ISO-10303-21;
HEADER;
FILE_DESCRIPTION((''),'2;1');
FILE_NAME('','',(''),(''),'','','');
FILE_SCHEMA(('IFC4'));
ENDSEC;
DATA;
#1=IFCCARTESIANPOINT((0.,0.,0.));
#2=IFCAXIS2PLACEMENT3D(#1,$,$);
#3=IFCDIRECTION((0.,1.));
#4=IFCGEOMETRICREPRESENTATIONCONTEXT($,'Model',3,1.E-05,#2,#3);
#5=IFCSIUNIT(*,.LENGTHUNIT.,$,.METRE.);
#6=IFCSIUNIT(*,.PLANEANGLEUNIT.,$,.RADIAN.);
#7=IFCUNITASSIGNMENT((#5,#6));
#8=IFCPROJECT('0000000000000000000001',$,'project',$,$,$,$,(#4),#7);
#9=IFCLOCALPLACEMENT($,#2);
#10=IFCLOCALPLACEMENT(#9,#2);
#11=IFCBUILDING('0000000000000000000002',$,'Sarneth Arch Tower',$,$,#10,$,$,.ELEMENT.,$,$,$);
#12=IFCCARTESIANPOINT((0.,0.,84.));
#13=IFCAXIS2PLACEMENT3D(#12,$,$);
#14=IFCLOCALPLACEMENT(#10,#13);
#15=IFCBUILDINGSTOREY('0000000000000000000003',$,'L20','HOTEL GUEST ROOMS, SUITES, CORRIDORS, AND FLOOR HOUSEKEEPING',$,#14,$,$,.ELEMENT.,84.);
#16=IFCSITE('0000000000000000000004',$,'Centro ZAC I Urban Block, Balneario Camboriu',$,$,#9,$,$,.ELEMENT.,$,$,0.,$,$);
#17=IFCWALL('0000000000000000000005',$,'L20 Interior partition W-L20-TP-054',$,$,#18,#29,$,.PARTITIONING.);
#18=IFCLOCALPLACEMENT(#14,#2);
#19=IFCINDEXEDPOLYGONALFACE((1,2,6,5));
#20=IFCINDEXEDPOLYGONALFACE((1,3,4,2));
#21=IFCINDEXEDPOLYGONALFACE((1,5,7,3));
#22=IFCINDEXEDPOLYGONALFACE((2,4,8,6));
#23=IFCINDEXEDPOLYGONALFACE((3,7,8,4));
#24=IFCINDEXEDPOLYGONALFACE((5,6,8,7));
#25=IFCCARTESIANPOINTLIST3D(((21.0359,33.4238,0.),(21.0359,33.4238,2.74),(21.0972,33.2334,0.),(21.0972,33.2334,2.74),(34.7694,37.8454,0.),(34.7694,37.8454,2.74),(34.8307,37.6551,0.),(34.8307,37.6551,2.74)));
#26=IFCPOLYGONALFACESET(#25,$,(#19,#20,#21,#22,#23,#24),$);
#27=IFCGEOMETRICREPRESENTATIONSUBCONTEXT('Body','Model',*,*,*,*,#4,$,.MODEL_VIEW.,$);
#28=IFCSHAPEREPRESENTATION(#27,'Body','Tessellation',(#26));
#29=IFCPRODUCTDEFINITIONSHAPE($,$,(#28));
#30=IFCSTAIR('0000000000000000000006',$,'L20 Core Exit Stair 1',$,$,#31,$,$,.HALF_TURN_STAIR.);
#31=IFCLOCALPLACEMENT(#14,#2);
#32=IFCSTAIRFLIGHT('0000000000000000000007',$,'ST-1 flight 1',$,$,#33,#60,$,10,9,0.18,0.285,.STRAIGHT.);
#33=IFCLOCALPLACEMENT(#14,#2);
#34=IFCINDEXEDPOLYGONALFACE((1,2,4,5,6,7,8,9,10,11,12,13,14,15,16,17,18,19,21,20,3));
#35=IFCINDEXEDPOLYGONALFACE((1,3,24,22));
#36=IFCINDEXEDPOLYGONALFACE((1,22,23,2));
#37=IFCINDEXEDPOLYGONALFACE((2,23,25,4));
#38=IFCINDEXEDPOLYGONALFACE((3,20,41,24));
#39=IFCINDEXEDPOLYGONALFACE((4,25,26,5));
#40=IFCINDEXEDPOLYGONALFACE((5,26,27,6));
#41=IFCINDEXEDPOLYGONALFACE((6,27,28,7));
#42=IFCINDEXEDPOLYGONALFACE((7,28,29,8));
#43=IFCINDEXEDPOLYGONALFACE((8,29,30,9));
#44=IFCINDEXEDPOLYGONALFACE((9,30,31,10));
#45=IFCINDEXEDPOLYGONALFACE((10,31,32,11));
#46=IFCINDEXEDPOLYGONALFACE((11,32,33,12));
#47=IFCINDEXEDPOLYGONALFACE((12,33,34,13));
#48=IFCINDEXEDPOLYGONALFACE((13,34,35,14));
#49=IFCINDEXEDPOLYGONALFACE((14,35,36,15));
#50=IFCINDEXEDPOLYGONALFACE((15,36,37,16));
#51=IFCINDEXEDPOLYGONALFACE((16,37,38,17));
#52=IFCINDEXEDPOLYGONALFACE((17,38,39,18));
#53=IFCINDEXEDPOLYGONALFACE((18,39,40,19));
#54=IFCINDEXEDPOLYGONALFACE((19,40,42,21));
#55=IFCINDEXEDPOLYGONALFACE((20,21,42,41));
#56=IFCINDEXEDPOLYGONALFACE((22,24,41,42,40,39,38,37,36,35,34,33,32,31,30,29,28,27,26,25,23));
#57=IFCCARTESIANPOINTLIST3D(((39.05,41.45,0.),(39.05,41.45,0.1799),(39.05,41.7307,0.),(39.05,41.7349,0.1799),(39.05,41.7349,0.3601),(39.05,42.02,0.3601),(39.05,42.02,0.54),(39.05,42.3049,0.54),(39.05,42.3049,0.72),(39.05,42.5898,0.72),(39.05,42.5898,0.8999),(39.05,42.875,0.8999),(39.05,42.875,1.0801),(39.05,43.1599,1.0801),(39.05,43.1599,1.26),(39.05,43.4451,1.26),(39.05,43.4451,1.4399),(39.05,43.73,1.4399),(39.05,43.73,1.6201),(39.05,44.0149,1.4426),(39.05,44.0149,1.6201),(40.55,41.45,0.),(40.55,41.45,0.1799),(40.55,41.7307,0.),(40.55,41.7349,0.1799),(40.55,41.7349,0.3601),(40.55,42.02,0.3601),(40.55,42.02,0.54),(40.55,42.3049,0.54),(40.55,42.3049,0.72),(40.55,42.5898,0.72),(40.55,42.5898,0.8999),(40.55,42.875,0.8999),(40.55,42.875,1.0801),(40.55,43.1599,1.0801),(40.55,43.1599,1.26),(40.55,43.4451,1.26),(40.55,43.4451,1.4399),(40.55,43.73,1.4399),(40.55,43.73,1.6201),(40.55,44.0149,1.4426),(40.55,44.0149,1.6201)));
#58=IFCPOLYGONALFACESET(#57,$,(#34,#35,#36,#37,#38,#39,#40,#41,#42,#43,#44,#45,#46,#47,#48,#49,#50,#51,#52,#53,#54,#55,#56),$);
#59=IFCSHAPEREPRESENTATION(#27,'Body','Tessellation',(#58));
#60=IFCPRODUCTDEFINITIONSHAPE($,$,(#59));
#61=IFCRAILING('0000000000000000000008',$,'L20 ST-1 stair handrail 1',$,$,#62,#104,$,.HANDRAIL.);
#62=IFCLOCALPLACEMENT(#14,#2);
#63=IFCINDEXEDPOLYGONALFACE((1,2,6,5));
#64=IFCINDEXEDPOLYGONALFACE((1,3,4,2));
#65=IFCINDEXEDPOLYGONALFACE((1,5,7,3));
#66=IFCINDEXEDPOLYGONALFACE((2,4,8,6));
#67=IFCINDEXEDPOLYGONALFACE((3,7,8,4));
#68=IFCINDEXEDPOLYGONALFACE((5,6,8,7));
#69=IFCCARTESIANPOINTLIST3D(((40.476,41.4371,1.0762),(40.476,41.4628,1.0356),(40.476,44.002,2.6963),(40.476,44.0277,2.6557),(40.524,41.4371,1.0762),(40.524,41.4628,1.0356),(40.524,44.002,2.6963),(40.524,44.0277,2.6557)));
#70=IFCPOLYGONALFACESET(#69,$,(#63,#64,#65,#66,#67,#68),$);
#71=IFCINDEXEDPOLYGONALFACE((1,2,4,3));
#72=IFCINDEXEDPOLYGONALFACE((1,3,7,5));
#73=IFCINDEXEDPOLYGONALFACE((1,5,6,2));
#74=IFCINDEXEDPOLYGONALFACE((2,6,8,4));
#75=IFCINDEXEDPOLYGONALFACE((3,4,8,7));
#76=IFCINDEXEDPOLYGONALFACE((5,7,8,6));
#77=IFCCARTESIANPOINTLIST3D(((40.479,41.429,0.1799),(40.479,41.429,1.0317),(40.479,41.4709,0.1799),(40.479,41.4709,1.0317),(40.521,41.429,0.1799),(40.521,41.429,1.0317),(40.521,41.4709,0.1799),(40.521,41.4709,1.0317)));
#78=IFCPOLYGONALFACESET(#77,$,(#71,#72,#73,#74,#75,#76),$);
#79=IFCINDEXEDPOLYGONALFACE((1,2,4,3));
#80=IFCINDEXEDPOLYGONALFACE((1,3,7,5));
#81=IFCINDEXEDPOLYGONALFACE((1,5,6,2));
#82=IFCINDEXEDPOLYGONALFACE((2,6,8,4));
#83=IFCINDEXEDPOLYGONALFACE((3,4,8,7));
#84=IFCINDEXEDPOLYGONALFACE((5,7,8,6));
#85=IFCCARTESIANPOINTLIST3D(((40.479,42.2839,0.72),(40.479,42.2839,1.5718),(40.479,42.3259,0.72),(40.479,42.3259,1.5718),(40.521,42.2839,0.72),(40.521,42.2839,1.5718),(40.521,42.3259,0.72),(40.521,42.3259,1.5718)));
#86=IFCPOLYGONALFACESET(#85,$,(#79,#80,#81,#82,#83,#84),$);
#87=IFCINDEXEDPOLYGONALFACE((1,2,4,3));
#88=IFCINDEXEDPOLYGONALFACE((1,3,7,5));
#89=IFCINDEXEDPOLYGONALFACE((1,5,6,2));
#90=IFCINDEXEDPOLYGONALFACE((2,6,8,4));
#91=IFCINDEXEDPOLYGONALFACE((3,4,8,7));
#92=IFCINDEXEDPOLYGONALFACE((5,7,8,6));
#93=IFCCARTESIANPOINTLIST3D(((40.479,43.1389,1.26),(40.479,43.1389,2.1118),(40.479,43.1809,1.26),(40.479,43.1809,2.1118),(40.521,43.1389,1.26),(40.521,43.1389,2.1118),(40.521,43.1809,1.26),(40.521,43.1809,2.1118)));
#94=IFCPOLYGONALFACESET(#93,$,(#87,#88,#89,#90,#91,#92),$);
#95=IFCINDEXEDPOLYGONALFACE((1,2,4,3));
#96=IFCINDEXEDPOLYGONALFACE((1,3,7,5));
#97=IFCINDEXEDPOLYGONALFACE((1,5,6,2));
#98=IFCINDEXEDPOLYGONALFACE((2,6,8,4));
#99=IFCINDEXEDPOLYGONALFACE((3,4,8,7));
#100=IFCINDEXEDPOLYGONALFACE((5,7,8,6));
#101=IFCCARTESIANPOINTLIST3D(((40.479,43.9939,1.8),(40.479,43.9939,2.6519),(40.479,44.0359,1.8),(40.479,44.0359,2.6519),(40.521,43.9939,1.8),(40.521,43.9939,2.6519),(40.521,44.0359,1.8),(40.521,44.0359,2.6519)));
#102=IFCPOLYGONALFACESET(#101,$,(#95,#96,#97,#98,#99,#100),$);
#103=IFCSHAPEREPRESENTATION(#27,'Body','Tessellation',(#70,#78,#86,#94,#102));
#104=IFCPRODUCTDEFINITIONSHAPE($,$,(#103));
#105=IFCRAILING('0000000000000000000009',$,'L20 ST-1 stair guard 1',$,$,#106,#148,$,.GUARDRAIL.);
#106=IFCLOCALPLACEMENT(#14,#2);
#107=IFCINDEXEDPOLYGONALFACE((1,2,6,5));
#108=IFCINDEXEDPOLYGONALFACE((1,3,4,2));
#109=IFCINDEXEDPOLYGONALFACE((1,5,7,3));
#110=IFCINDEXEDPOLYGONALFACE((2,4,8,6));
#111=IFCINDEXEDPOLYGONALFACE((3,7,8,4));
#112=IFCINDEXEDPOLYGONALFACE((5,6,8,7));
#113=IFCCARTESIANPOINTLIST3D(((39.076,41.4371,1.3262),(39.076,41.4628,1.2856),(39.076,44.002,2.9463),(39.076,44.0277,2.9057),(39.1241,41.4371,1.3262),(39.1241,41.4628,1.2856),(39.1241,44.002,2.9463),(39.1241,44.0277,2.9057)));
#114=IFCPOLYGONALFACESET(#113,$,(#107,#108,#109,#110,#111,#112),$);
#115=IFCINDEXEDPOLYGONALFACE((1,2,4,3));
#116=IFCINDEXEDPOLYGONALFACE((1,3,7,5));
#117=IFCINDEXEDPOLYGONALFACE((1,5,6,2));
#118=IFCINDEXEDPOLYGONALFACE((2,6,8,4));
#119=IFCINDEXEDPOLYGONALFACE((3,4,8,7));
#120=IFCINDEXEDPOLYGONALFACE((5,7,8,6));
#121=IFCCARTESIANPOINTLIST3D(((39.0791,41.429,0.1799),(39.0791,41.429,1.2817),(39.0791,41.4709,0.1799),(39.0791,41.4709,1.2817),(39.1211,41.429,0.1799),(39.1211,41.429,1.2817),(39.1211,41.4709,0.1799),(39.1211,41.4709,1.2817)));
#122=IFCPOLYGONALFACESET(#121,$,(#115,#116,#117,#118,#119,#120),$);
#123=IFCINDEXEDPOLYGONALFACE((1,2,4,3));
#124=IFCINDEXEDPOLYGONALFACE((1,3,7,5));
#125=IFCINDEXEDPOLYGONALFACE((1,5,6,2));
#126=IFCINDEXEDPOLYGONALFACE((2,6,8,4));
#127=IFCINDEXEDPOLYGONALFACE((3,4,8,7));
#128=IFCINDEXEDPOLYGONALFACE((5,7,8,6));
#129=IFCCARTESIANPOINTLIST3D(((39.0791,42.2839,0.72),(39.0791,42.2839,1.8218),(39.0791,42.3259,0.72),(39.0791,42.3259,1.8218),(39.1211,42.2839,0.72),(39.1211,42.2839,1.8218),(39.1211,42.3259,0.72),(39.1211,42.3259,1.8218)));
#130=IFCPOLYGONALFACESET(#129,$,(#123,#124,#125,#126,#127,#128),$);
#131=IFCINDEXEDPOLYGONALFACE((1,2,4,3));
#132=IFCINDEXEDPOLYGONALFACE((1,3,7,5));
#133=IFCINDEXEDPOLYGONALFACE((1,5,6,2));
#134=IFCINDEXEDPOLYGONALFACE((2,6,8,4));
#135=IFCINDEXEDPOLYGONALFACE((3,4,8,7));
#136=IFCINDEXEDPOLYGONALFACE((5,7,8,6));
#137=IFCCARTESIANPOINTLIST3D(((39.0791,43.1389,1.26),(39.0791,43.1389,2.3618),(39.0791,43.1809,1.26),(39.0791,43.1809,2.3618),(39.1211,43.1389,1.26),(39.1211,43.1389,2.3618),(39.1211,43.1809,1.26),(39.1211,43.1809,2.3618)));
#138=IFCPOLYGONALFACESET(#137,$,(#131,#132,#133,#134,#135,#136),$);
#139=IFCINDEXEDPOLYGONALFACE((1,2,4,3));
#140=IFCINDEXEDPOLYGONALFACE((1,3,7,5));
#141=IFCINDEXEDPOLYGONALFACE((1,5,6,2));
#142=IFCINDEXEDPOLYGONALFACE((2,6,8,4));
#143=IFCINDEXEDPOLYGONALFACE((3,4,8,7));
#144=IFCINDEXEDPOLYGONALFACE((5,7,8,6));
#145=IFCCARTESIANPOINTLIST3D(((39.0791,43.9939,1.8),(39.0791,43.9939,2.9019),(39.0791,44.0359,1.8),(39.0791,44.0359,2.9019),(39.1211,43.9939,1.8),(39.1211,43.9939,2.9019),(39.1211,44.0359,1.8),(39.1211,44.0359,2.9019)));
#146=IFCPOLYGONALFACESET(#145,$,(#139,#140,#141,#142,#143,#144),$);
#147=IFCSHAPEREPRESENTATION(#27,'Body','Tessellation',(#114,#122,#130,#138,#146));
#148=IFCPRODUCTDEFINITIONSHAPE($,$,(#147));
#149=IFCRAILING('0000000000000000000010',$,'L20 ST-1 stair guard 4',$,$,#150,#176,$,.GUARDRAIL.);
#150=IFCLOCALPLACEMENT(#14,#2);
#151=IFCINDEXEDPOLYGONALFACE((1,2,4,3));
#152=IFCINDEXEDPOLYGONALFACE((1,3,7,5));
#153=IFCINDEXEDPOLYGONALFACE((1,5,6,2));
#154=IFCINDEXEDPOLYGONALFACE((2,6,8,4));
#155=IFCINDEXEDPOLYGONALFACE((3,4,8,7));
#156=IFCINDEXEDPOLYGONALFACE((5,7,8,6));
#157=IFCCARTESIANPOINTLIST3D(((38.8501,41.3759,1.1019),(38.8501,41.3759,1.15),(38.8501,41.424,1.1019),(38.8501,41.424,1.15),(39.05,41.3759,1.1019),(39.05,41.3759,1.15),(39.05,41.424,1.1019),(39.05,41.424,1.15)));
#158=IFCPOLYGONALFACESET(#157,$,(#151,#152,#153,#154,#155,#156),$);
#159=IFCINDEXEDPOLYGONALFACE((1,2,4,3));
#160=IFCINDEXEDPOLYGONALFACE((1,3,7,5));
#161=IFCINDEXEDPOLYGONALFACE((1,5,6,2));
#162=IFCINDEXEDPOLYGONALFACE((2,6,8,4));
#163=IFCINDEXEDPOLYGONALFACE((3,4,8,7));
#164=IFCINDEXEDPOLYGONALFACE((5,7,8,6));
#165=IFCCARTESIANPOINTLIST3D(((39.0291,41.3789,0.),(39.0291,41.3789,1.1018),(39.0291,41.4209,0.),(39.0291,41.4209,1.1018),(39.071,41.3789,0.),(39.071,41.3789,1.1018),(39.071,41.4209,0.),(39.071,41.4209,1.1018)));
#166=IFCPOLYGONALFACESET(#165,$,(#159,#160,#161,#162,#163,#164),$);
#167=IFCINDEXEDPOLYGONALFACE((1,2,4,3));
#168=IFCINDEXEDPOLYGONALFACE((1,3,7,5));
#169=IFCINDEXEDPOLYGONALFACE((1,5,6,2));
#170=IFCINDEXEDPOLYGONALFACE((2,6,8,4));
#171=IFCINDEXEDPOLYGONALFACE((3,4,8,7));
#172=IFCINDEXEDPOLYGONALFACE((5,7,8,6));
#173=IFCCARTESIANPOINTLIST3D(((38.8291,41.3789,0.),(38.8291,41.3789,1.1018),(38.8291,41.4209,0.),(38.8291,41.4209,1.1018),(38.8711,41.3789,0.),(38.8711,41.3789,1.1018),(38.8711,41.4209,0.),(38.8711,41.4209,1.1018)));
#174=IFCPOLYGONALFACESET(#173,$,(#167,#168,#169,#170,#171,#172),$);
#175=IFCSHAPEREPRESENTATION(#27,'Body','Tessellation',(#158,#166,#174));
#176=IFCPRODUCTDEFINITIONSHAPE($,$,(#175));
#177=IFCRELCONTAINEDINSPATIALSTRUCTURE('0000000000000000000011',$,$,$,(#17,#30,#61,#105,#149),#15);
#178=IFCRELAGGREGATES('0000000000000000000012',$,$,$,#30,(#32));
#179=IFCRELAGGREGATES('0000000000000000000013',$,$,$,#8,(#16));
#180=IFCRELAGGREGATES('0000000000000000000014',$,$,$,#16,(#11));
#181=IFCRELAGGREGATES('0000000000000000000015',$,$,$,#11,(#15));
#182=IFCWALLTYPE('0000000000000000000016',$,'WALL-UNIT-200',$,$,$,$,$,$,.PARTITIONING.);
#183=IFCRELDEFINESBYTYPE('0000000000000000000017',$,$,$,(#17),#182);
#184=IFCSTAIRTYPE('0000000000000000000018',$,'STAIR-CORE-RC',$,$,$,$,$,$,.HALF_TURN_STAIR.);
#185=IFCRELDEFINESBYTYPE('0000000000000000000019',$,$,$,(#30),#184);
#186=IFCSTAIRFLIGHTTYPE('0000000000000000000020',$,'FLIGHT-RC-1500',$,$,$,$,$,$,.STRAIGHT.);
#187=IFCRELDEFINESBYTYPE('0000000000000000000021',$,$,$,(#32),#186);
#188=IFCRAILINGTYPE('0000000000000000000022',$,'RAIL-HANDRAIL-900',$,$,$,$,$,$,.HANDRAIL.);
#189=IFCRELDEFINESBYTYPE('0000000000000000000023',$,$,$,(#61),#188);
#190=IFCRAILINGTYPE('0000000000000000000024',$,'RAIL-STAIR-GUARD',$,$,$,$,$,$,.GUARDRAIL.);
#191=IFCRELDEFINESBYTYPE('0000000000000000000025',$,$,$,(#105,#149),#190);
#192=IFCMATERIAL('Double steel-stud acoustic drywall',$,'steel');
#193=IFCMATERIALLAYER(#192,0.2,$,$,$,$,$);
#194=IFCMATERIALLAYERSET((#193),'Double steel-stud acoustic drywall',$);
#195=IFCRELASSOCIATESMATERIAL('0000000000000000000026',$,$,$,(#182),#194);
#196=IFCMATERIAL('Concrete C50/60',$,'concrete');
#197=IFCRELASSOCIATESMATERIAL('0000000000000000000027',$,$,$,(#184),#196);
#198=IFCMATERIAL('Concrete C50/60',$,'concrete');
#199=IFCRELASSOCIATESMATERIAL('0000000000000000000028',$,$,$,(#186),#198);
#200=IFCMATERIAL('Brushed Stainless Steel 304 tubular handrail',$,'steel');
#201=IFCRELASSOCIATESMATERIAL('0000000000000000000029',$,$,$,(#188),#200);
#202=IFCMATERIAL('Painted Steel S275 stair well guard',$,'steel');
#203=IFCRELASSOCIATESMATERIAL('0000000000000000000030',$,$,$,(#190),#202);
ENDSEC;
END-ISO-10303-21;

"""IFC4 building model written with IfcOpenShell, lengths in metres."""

from ifc_helpers import new_model, si_unit, direction, frame, frame_2d, origin, origin_2d, place, context, subcontext, project, spatial, polyline, rectangle, outline, extrude, material, layer, layer_set, type_object, element, aggregate, save


model = new_model("IFC4")

# Units and contexts
model_context = context("Model", 3, precision=1e-05, world=origin(), true_north=direction((0.0, 1.0)))
body_context = subcontext(model_context, "Body", "Model", "MODEL_VIEW")
ifc_project = project(units=[si_unit("LENGTHUNIT", "METRE"), si_unit("PLANEANGLEUNIT", "RADIAN")], contexts=[model_context])

# Site, building, storey
site_placement = place(None, origin())
site = spatial("IfcSite", under=ifc_project, at=site_placement, Name="Centro ZAC I Urban Block, Balneario Camboriu", CompositionType="ELEMENT", RefElevation=0.0)
building_placement = place(site_placement, origin())
building = spatial("IfcBuilding", under=site, at=building_placement, Name="Sarneth Arch Tower", CompositionType="ELEMENT")
storey_placement = place(building_placement, frame((0.0, 0.0, 84.0)))
storey = spatial("IfcBuildingStorey", under=building, at=storey_placement, Name="L20", Description="HOTEL GUEST ROOMS, SUITES, CORRIDORS, AND FLOOR HOUSEKEEPING", CompositionType="ELEMENT", Elevation=84.0)

# Wall
ifc_material_1 = material(Name="Double steel-stud acoustic drywall", Category="steel")
ifc_layer_1 = layer(ifc_material_1, 0.2)
ifc_layer_set_1 = layer_set([ifc_layer_1], Name="Double steel-stud acoustic drywall")
wall_type_1 = type_object("IfcWallType", Name="WALL-UNIT-200", PredefinedType="PARTITIONING", material=ifc_layer_set_1)
wall_1_placement = place(storey_placement, frame((34.8, 37.7502, 0.0), z_axis=(0.0, 0.0, 1.0), x_axis=(-0.951881, -0.306469, 0.0)))
element("IfcWall", 1, at=wall_1_placement, inside=storey, type_object=wall_type_1, Name="L20 Interior partition W-L20-TP-054", PredefinedType="PARTITIONING", context=body_context, shape_type="SweptSolid", body=[
    extrude(rectangle(XDim=14.4277, YDim=0.2, at=frame_2d((7.2139, 0.0))), origin(), (0.0, 0.0, 1.0), 2.74),
])

# Stair, stair flight
ifc_material_2 = material(Name="Concrete C50/60", Category="concrete")
stair_type = type_object("IfcStairType", Name="STAIR-CORE-RC", PredefinedType="HALF_TURN_STAIR", material=ifc_material_2)
stair_placement = place(storey_placement, origin())
stair = element("IfcStair", 2, at=stair_placement, inside=storey, type_object=stair_type, Name="L20 Core Exit Stair 1", PredefinedType="HALF_TURN_STAIR")
ifc_material_3 = material(Name="Concrete C50/60", Category="concrete")
stair_flight_type = type_object("IfcStairFlightType", Name="FLIGHT-RC-1500", PredefinedType="STRAIGHT", material=ifc_material_3)
stair_flight_placement = place(storey_placement, frame((39.8, 41.45, 0.0), z_axis=(0.0, 0.0, 1.0), x_axis=(0.0, 1.0, 0.0)))
stair_flight = element("IfcStairFlight", 3, at=stair_flight_placement, type_object=stair_flight_type, Name="ST-1 flight 1", NumberOfRisers=10, NumberOfTreads=9, PredefinedType="STRAIGHT", RiserHeight=0.18, TreadLength=0.285, context=body_context, shape_type="SweptSolid", body=[
    extrude(outline(polyline([(0.0, 0.0), (0.0, 0.1799), (0.2849, 0.1799), (0.2849, 0.3601), (0.5701, 0.3601), (0.5701, 0.54), (0.855, 0.54), (0.855, 0.72), (1.1399, 0.72), (1.1399, 0.8999), (1.425, 0.8999), (1.425, 1.0801), (1.71, 1.0801), (1.71, 1.26), (1.9951, 1.26), (1.9951, 1.4399), (2.28, 1.4399), (2.28, 1.6201), (2.5649, 1.6201), (2.5649, 1.8), (2.5649, 1.4426), (0.2808, 0.0), (0.0, 0.0)])), frame((0.0, 0.75, 0.0), z_axis=(0.0, -1.0, 0.0), x_axis=(1.0, 0.0, 0.0)), (0.0, 0.0, 1.0), 1.5),
])
aggregate(stair, [stair_flight])

# Railings
ifc_material_4 = material(Name="Brushed Stainless Steel 304 tubular handrail", Category="steel")
railing_type_1 = type_object("IfcRailingType", Name="RAIL-HANDRAIL-900", PredefinedType="HANDRAIL", material=ifc_material_4)
railing_1_placement = place(storey_placement, frame((40.5, 41.45, 0.1799)))
element("IfcRailing", 4, at=railing_1_placement, inside=storey, type_object=railing_type_1, Name="L20 ST-1 stair handrail 1", PredefinedType="HANDRAIL", context=body_context, shape_type="SweptSolid", body=[
    extrude(rectangle(XDim=0.0481, YDim=0.0481, at=origin_2d()), frame((0.0, 0.0, 0.876), z_axis=(0.0, 0.845466, 0.534029), x_axis=(-1.0, 0.0, 0.0)), (0.0, 0.0, 1.0), 3.0337),
    extrude(rectangle(XDim=0.042, YDim=0.042, at=origin_2d()), origin(), (0.0, 0.0, 1.0), 0.8518),
    extrude(rectangle(XDim=0.042, YDim=0.042, at=origin_2d()), frame((0.0, 0.855, 0.54)), (0.0, 0.0, 1.0), 0.8518),
    extrude(rectangle(XDim=0.042, YDim=0.042, at=origin_2d()), frame((0.0, 1.71, 1.0801)), (0.0, 0.0, 1.0), 0.8518),
    extrude(rectangle(XDim=0.042, YDim=0.042, at=origin_2d()), frame((0.0, 2.5649, 1.6201)), (0.0, 0.0, 1.0), 0.8518),
])
ifc_material_5 = material(Name="Painted Steel S275 stair well guard", Category="steel")
railing_type_2 = type_object("IfcRailingType", Name="RAIL-STAIR-GUARD", PredefinedType="GUARDRAIL", material=ifc_material_5)
railing_2_placement = place(storey_placement, frame((39.1001, 41.45, 0.1799)))
element("IfcRailing", 5, at=railing_2_placement, inside=storey, type_object=railing_type_2, Name="L20 ST-1 stair guard 1", PredefinedType="GUARDRAIL", context=body_context, shape_type="SweptSolid", body=[
    extrude(rectangle(XDim=0.0481, YDim=0.0481, at=origin_2d()), frame((0.0, 0.0, 1.126), z_axis=(0.0, 0.845466, 0.534029), x_axis=(-1.0, 0.0, 0.0)), (0.0, 0.0, 1.0), 3.0337),
    extrude(rectangle(XDim=0.042, YDim=0.042, at=origin_2d()), origin(), (0.0, 0.0, 1.0), 1.1018),
    extrude(rectangle(XDim=0.042, YDim=0.042, at=origin_2d()), frame((0.0, 0.855, 0.54)), (0.0, 0.0, 1.0), 1.1018),
    extrude(rectangle(XDim=0.042, YDim=0.042, at=origin_2d()), frame((0.0, 1.71, 1.0801)), (0.0, 0.0, 1.0), 1.1018),
    extrude(rectangle(XDim=0.042, YDim=0.042, at=origin_2d()), frame((0.0, 2.5649, 1.6201)), (0.0, 0.0, 1.0), 1.1018),
])
railing_3_placement = place(storey_placement, frame((39.05, 41.3999, 0.0)))
element("IfcRailing", 6, at=railing_3_placement, inside=storey, type_object=railing_type_2, Name="L20 ST-1 stair guard 4", PredefinedType="GUARDRAIL", context=body_context, shape_type="SweptSolid", body=[
    extrude(rectangle(XDim=0.0481, YDim=0.0481, at=origin_2d()), frame((0.0, 0.0, 1.126), z_axis=(-1.0, 0.0, 0.0), x_axis=(0.0, -1.0, 0.0)), (0.0, 0.0, 1.0), 0.2),
    extrude(rectangle(XDim=0.042, YDim=0.042, at=origin_2d()), origin(), (0.0, 0.0, 1.0), 1.1018),
    extrude(rectangle(XDim=0.042, YDim=0.042, at=origin_2d()), frame((-0.2, 0.0, 0.0)), (0.0, 0.0, 1.0), 1.1018),
])

save(model, "model.ifc")
